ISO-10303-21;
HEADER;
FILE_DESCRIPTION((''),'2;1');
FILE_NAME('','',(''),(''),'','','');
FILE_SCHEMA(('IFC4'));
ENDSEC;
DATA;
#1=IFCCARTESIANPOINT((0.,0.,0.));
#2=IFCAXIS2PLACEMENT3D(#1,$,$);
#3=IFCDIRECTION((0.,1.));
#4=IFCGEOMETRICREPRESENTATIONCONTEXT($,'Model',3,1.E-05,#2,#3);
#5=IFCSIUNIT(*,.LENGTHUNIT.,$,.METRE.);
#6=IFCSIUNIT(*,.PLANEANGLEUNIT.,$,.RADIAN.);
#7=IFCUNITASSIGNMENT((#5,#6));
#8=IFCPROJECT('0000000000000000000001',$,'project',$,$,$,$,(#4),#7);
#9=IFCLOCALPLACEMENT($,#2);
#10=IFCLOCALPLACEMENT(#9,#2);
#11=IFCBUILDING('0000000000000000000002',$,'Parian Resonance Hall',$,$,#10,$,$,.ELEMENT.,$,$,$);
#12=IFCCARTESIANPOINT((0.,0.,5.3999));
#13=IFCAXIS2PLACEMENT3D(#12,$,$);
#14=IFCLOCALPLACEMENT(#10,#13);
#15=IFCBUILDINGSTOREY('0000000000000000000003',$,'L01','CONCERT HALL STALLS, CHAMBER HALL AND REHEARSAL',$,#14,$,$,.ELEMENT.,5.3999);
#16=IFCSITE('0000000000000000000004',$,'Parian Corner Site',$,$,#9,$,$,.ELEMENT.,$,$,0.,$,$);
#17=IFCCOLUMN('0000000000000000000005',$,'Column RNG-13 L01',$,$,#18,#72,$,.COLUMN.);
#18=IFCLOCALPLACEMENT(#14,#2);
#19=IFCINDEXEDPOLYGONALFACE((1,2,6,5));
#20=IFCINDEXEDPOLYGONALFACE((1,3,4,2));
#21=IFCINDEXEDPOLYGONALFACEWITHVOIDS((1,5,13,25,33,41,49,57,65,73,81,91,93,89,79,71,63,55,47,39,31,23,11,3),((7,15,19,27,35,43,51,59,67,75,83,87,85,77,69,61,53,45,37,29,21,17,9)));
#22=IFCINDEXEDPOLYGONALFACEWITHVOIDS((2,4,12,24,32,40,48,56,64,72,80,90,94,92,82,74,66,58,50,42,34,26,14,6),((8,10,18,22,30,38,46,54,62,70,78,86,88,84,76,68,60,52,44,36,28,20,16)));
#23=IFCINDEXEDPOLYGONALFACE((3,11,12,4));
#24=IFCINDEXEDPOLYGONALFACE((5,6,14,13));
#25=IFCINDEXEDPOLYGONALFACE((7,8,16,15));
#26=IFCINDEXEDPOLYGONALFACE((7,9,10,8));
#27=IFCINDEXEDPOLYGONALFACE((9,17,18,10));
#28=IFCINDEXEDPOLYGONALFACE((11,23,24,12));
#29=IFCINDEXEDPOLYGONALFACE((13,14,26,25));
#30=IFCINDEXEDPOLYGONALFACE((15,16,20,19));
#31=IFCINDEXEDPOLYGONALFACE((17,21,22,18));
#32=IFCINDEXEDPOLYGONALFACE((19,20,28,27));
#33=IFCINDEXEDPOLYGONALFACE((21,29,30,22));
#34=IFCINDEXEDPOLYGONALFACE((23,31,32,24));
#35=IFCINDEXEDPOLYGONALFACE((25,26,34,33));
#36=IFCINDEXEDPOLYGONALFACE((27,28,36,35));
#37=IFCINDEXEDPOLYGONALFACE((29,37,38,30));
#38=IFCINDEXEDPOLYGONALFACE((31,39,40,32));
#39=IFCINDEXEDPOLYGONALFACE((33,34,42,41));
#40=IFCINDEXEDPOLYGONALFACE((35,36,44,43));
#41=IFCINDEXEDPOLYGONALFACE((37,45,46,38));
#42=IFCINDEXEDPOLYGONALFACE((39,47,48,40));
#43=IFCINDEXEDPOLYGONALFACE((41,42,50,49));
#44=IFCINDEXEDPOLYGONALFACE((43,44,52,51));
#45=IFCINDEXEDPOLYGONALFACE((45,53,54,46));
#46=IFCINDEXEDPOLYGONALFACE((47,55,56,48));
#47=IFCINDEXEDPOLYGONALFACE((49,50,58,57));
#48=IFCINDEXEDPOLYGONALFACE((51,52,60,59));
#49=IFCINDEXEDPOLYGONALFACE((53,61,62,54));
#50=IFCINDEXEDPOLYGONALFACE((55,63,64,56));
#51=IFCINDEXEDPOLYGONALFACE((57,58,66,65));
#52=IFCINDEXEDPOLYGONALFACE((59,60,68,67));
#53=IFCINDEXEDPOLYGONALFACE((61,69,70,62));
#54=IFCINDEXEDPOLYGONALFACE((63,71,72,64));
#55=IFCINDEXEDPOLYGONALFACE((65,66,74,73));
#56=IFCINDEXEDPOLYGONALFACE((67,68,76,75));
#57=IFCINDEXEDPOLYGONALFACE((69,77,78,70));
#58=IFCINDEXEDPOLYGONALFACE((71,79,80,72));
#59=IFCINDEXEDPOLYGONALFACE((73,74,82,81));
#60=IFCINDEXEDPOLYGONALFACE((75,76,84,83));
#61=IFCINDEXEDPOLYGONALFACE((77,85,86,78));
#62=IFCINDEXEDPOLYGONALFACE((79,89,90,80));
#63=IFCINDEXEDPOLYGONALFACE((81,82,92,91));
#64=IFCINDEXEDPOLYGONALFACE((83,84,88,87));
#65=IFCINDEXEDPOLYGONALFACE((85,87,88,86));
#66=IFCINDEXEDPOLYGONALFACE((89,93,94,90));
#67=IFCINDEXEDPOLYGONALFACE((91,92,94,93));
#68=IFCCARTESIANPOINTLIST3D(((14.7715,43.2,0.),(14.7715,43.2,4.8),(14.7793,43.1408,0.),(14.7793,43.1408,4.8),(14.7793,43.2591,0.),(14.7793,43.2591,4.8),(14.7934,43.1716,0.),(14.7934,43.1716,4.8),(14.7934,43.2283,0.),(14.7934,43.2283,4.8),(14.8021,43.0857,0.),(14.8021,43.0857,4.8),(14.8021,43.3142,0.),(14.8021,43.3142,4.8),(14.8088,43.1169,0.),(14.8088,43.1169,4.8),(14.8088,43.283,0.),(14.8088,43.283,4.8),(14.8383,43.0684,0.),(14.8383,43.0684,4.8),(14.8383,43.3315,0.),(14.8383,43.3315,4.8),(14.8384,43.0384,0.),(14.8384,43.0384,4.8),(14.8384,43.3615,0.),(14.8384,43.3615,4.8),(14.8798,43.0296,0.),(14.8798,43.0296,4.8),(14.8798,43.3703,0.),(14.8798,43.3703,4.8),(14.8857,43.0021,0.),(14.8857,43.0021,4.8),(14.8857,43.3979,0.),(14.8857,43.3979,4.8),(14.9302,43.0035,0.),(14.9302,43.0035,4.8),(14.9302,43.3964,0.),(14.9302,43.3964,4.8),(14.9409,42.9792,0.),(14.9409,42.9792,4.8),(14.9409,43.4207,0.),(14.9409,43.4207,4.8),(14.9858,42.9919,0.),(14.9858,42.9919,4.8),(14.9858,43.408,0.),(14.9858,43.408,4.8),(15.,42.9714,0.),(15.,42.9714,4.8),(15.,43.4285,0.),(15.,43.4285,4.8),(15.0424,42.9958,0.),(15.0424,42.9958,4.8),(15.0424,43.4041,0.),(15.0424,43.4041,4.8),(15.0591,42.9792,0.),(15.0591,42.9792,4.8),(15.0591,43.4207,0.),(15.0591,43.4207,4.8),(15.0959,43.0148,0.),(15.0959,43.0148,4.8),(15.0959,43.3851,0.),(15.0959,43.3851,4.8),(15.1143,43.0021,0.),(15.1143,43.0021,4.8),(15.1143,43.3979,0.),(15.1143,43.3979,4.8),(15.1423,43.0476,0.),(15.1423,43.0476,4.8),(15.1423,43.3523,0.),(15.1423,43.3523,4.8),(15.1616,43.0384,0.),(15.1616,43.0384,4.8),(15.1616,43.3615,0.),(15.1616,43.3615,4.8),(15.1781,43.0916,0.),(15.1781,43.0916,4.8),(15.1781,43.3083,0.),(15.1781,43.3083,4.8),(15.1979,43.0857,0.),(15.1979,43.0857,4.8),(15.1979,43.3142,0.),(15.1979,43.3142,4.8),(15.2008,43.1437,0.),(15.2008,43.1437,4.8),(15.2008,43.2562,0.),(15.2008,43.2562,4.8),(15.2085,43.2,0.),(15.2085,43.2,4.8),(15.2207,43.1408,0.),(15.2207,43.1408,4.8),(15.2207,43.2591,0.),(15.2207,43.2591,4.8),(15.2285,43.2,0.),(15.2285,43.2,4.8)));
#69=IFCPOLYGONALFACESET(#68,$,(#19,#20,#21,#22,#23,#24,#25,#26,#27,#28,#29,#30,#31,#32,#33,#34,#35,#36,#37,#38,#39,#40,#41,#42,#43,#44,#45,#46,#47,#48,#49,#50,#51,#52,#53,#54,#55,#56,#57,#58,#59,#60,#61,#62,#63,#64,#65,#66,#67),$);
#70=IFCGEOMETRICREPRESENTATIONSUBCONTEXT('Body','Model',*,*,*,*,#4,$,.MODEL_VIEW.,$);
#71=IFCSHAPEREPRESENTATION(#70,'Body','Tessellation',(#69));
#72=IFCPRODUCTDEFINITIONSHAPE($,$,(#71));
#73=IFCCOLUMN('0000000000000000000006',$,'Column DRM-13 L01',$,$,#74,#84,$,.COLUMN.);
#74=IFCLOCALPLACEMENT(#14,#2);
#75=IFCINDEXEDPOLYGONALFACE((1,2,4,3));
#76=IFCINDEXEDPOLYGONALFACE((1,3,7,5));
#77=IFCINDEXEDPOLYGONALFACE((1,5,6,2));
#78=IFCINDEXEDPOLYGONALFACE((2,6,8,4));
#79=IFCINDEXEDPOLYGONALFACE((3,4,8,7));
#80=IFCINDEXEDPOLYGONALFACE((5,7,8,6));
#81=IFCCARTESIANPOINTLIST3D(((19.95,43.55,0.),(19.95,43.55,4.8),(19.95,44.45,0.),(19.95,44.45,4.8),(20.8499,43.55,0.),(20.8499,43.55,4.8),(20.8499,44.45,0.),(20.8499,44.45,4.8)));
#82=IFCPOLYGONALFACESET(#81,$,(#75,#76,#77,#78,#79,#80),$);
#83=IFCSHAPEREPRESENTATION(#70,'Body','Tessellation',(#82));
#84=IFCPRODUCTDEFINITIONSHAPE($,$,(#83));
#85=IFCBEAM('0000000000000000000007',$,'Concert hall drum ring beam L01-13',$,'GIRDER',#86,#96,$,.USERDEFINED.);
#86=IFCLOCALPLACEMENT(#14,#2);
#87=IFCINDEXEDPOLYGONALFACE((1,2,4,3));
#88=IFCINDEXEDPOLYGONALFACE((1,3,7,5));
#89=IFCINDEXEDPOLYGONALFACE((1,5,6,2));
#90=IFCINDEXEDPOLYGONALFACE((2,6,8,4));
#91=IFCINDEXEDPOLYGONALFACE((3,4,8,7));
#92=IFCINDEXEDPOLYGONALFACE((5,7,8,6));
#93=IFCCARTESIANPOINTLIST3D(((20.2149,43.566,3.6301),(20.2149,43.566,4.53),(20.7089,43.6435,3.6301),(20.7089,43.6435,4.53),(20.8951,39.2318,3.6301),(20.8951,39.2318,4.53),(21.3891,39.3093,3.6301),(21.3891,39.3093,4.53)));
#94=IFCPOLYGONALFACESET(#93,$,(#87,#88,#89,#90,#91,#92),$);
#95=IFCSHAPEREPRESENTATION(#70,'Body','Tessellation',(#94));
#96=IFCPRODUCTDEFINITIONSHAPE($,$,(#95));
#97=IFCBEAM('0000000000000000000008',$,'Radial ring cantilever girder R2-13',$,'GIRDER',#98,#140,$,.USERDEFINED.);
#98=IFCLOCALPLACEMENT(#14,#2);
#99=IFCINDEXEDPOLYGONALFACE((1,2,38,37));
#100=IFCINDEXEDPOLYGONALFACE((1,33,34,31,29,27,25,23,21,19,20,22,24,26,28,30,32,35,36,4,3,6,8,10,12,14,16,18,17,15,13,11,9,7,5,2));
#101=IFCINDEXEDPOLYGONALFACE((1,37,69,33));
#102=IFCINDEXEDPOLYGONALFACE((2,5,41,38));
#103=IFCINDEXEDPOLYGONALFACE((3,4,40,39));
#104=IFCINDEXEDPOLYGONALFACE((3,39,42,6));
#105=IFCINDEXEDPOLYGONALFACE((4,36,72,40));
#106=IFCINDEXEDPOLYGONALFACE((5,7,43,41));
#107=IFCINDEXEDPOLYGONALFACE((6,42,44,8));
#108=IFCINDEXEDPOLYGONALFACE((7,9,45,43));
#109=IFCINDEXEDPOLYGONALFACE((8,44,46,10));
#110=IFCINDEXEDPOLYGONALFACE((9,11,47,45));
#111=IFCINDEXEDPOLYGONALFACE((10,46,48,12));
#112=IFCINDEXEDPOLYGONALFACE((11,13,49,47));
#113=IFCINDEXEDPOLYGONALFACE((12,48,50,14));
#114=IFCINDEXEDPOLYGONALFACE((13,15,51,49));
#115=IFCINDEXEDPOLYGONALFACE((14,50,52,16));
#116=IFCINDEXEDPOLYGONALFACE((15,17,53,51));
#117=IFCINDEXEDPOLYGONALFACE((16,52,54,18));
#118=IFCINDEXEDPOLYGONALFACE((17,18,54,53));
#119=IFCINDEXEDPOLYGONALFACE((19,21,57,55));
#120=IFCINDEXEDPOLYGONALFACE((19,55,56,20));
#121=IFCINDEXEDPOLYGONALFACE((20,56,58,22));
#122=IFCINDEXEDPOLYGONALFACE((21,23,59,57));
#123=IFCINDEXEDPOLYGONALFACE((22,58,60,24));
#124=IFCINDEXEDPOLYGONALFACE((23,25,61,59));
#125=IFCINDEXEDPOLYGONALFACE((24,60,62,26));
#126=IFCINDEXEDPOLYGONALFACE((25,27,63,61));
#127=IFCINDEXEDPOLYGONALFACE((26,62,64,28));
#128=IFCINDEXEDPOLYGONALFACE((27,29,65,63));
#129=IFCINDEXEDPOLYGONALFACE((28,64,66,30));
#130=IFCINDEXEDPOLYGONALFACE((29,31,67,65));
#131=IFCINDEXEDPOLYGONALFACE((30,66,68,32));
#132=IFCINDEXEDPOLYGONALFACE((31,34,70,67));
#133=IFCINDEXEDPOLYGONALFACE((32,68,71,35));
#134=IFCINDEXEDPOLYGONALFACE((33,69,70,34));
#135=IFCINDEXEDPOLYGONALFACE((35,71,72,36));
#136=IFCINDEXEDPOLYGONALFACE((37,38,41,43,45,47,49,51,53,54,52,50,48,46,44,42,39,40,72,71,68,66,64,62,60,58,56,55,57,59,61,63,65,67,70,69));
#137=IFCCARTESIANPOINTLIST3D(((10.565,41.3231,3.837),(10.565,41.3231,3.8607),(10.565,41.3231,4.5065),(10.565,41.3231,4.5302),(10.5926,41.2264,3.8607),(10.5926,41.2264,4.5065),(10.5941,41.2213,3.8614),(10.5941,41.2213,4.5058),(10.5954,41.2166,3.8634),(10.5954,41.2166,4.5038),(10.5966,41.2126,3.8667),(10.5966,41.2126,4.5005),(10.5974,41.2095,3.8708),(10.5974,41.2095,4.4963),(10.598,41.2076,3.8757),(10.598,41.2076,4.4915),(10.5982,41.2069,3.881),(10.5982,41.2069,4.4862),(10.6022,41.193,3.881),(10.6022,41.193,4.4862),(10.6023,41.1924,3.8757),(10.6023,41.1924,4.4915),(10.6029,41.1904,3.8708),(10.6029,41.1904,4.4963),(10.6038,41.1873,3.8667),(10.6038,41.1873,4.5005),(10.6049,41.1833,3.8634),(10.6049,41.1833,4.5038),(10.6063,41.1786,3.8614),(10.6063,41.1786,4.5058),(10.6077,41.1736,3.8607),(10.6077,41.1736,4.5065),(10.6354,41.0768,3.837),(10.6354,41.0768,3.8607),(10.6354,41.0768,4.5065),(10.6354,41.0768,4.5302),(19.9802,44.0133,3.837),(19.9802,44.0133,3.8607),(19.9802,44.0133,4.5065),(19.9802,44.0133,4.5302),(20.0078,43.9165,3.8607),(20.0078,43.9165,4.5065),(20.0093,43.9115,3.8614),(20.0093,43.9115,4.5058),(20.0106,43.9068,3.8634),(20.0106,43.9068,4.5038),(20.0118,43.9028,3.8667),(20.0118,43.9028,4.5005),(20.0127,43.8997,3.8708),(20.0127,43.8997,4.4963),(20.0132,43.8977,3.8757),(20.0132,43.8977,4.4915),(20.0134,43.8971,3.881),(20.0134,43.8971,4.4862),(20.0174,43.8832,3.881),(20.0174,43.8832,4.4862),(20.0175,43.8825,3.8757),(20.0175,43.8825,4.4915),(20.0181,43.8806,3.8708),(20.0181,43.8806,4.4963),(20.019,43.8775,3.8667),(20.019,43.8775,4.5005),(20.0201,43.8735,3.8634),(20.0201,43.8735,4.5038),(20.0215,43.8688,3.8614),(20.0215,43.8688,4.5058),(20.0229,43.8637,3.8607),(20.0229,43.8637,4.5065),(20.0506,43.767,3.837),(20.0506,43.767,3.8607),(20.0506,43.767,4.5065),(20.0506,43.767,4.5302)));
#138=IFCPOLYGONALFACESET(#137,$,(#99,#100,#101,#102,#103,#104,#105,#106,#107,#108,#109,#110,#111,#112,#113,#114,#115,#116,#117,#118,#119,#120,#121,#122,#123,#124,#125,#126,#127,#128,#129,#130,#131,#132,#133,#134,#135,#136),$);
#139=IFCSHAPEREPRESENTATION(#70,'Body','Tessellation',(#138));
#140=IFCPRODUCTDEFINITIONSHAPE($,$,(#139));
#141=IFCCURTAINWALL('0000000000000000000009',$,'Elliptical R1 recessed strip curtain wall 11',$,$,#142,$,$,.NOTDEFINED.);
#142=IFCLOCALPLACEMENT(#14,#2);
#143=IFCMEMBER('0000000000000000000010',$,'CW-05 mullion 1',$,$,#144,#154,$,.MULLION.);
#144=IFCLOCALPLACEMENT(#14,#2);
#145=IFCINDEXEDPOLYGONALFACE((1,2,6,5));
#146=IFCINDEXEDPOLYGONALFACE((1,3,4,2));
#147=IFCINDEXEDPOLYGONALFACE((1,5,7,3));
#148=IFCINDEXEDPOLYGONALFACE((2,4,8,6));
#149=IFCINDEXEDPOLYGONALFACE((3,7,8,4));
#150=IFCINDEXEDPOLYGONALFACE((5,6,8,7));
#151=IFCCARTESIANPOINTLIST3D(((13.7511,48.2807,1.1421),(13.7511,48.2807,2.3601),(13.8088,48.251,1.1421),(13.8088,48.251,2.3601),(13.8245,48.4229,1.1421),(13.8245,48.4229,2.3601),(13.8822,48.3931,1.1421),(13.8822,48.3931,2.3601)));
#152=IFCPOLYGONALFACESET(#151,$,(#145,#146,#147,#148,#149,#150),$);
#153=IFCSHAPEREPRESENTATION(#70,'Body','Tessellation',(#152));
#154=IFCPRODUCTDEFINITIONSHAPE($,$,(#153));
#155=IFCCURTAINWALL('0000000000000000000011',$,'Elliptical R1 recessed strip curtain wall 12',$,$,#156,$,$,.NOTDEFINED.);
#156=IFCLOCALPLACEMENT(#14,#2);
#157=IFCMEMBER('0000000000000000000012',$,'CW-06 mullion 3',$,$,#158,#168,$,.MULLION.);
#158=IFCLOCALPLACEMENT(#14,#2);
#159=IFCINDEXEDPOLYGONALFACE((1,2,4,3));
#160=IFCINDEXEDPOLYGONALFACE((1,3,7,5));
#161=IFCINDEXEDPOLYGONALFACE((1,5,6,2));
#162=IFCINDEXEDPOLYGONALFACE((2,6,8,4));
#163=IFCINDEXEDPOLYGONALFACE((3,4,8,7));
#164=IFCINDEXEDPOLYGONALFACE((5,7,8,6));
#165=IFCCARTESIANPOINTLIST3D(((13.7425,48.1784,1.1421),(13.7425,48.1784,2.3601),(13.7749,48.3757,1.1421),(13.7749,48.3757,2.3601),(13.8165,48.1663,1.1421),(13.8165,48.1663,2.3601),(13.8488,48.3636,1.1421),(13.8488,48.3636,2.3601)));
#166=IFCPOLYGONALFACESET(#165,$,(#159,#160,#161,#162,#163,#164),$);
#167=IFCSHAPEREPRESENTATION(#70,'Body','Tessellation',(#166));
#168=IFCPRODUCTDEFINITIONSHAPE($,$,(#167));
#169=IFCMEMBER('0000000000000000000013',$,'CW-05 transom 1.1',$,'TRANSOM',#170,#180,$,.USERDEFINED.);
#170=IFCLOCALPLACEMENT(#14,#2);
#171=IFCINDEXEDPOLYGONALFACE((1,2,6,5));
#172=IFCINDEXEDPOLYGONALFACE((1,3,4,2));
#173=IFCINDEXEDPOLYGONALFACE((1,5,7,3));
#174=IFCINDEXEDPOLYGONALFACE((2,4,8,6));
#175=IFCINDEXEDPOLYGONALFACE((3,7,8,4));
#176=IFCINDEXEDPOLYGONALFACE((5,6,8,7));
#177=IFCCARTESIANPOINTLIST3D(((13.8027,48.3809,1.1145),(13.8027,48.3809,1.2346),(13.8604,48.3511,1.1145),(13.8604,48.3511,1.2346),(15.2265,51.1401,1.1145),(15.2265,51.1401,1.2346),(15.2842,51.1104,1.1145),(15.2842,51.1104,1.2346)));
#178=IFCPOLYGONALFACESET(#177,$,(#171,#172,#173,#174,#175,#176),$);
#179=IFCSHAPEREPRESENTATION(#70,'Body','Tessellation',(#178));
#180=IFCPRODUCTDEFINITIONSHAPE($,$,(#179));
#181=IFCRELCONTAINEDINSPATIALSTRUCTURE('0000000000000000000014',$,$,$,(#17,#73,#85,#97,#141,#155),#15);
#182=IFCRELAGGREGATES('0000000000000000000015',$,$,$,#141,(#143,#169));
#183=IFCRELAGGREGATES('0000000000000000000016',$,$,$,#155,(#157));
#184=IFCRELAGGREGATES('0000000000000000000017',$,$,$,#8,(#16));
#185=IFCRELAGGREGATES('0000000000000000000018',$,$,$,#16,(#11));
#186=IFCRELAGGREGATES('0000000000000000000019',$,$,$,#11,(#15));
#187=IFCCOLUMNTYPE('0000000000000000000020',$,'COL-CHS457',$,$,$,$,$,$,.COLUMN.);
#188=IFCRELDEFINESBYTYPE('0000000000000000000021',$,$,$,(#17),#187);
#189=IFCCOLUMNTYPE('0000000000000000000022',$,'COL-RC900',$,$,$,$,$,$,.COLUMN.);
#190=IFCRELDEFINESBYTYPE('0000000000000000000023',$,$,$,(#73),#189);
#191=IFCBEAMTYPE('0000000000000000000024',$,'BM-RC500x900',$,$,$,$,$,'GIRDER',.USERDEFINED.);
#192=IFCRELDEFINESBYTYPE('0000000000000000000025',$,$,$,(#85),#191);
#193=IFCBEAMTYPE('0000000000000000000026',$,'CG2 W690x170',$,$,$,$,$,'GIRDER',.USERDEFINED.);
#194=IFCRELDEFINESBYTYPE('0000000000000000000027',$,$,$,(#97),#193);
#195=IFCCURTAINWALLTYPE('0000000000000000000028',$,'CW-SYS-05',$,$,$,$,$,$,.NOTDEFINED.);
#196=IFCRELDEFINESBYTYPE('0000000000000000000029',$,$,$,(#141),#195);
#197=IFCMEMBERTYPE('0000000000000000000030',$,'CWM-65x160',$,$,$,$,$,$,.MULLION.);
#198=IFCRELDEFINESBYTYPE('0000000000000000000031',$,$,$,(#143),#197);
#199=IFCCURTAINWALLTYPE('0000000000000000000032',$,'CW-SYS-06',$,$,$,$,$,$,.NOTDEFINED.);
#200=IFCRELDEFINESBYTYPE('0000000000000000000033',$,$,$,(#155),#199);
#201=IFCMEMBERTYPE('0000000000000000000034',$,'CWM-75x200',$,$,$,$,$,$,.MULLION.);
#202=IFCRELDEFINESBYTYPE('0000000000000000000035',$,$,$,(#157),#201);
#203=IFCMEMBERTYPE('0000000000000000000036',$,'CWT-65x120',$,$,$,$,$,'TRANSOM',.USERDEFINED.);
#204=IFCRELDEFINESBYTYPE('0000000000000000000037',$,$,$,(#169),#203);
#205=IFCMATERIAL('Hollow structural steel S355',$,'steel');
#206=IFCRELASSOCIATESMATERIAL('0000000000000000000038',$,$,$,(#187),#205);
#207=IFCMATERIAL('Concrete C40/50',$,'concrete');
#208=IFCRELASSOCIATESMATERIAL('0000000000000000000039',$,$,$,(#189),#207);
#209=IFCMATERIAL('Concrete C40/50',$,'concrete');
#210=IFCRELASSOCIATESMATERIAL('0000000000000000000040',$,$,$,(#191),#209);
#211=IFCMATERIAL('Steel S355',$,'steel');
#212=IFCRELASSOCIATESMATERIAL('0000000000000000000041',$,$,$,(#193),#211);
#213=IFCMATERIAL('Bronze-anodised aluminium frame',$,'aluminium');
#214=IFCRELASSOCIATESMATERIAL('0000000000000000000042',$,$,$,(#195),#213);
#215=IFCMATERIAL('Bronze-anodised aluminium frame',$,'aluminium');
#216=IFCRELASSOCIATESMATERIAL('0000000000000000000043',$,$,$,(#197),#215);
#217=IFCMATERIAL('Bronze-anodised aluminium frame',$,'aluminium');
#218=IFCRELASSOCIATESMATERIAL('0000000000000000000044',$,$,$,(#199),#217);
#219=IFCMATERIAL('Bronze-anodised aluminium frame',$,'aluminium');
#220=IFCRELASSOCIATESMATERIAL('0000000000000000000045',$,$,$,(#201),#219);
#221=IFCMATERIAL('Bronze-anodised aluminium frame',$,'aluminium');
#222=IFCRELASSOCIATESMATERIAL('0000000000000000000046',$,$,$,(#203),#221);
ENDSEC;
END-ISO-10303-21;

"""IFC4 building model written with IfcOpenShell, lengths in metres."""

from ifc_helpers import new_model, si_unit, direction, frame, origin, origin_2d, place, context, subcontext, project, spatial, rectangle, hollow_circle, i_section, extrude, material, material_profile, profile_set, type_object, element, aggregate, save


model = new_model("IFC4")

# Units and contexts
model_context = context("Model", 3, precision=1e-05, world=origin(), true_north=direction((0.0, 1.0)))
body_context = subcontext(model_context, "Body", "Model", "MODEL_VIEW")
ifc_project = project(units=[si_unit("LENGTHUNIT", "METRE"), si_unit("PLANEANGLEUNIT", "RADIAN")], contexts=[model_context])

# Site, building, storey
site_placement = place(None, origin())
site = spatial("IfcSite", under=ifc_project, at=site_placement, Name="Parian Corner Site", CompositionType="ELEMENT", RefElevation=0.0)
building_placement = place(site_placement, origin())
building = spatial("IfcBuilding", under=site, at=building_placement, Name="Parian Resonance Hall", CompositionType="ELEMENT")
storey_placement = place(building_placement, frame((0.0, 0.0, 5.3999)))
storey = spatial("IfcBuildingStorey", under=building, at=storey_placement, Name="L01", Description="CONCERT HALL STALLS, CHAMBER HALL AND REHEARSAL", CompositionType="ELEMENT", Elevation=5.3999)

# Columns
ifc_material_1 = material(Name="Hollow structural steel S355", Category="steel")
ifc_material_profile_1 = material_profile(ifc_material_1, hollow_circle(Radius=0.2285, WallThickness=0.02, at=origin_2d()), Name="CHS457x20")
ifc_profile_set_1 = profile_set([ifc_material_profile_1], Name="Hollow structural steel S355")
column_type_1 = type_object("IfcColumnType", Name="COL-CHS457", PredefinedType="COLUMN", material=ifc_profile_set_1)
column_1_placement = place(storey_placement, frame((15.0, 43.2, 0.0), z_axis=(0.0, 0.0, 1.0), x_axis=(1.0, 0.0, 0.0)))
element("IfcColumn", 1, at=column_1_placement, inside=storey, type_object=column_type_1, Name="Column RNG-13 L01", PredefinedType="COLUMN", context=body_context, shape_type="SweptSolid", body=[
    extrude(hollow_circle(Radius=0.2285, WallThickness=0.02, at=origin_2d()), origin(), (0.0, 0.0, 1.0), 4.8),
])
ifc_material_2 = material(Name="Concrete C40/50", Category="concrete")
ifc_material_profile_2 = material_profile(ifc_material_2, rectangle(XDim=0.8999, YDim=0.8999, at=origin_2d()), Name="RC-COL-900x900")
ifc_profile_set_2 = profile_set([ifc_material_profile_2], Name="Concrete C40/50")
column_type_2 = type_object("IfcColumnType", Name="COL-RC900", PredefinedType="COLUMN", material=ifc_profile_set_2)
column_2_placement = place(storey_placement, frame((20.3999, 44.0, 0.0), z_axis=(0.0, 0.0, 1.0), x_axis=(1.0, 0.0, 0.0)))
element("IfcColumn", 2, at=column_2_placement, inside=storey, type_object=column_type_2, Name="Column DRM-13 L01", PredefinedType="COLUMN", context=body_context, shape_type="SweptSolid", body=[
    extrude(rectangle(XDim=0.8999, YDim=0.8999, at=origin_2d()), origin(), (0.0, 0.0, 1.0), 4.8),
])

# Beams
ifc_material_3 = material(Name="Concrete C40/50", Category="concrete")
ifc_material_profile_3 = material_profile(ifc_material_3, rectangle(XDim=0.5, YDim=0.8999, at=origin_2d()), Name="RC-BM-500x900")
ifc_profile_set_3 = profile_set([ifc_material_profile_3], Name="Concrete C40/50")
beam_type_1 = type_object("IfcBeamType", Name="BM-RC500x900", ElementType="GIRDER", PredefinedType="USERDEFINED", material=ifc_profile_set_3)
beam_1_placement = place(storey_placement, frame((20.4619, 43.6047, 4.0801), z_axis=(0.155034, -0.987909, 0.0), x_axis=(0.987909, 0.155034, 0.0)))
element("IfcBeam", 3, at=beam_1_placement, inside=storey, type_object=beam_type_1, Name="Concert hall drum ring beam L01-13", ObjectType="GIRDER", PredefinedType="USERDEFINED", context=body_context, shape_type="SweptSolid", body=[
    extrude(rectangle(XDim=0.5, YDim=0.8999, at=origin_2d()), origin(), (0.0, 0.0, 1.0), 4.3872),
])
ifc_material_4 = material(Name="Steel S355", Category="steel")
ifc_material_profile_4 = material_profile(ifc_material_4, i_section(OverallWidth=0.2561, OverallDepth=0.6931, WebThickness=0.0144, FlangeThickness=0.0237, FilletRadius=0.0203, at=origin_2d()), Name="W690x170")
ifc_profile_set_4 = profile_set([ifc_material_profile_4], Name="Steel S355")
beam_type_2 = type_object("IfcBeamType", Name="CG2 W690x170", ElementType="GIRDER", PredefinedType="USERDEFINED", material=ifc_profile_set_4)
beam_2_placement = place(storey_placement, frame((20.0154, 43.8901, 4.1836), z_axis=(-0.961521, -0.274731, 0.0), x_axis=(0.274731, -0.961521, 0.0)))
element("IfcBeam", 4, at=beam_2_placement, inside=storey, type_object=beam_type_2, Name="Radial ring cantilever girder R2-13", ObjectType="GIRDER", PredefinedType="USERDEFINED", context=body_context, shape_type="SweptSolid", body=[
    extrude(i_section(OverallWidth=0.2561, OverallDepth=0.6931, WebThickness=0.0144, FlangeThickness=0.0237, FilletRadius=0.0203, at=origin_2d()), origin(), (0.0, 0.0, 1.0), 9.792),
])

# Curtain walls, members
ifc_material_5 = material(Name="Bronze-anodised aluminium frame", Category="aluminium")
curtain_wall_type_1 = type_object("IfcCurtainWallType", Name="CW-SYS-05", PredefinedType="NOTDEFINED", material=ifc_material_5)
curtain_wall_1_placement = place(storey_placement, origin())
curtain_wall_1 = element("IfcCurtainWall", 5, at=curtain_wall_1_placement, inside=storey, type_object=curtain_wall_type_1, Name="Elliptical R1 recessed strip curtain wall 11", PredefinedType="NOTDEFINED")
ifc_material_6 = material(Name="Bronze-anodised aluminium frame", Category="aluminium")
ifc_material_profile_5 = material_profile(ifc_material_6, rectangle(XDim=0.0649, YDim=0.1599, at=origin_2d()), Name="CWM-65x160")
ifc_profile_set_5 = profile_set([ifc_material_profile_5], Name="Bronze-anodised aluminium frame")
member_type_1 = type_object("IfcMemberType", Name="CWM-65x160", PredefinedType="MULLION", material=ifc_profile_set_5)
member_1_placement = place(storey_placement, frame((13.8167, 48.3369, 1.1421), z_axis=(0.0, 0.0, 1.0), x_axis=(-0.888662, 0.458562, 0.0)))
member_1 = element("IfcMember", 6, at=member_1_placement, type_object=member_type_1, Name="CW-05 mullion 1", PredefinedType="MULLION", context=body_context, shape_type="SweptSolid", body=[
    extrude(rectangle(XDim=0.0649, YDim=0.1599, at=origin_2d()), origin(), (0.0, 0.0, 1.0), 1.218),
])
ifc_material_7 = material(Name="Bronze-anodised aluminium frame", Category="aluminium")
curtain_wall_type_2 = type_object("IfcCurtainWallType", Name="CW-SYS-06", PredefinedType="NOTDEFINED", material=ifc_material_7)
curtain_wall_2_placement = place(storey_placement, origin())
curtain_wall_2 = element("IfcCurtainWall", 7, at=curtain_wall_2_placement, inside=storey, type_object=curtain_wall_type_2, Name="Elliptical R1 recessed strip curtain wall 12", PredefinedType="NOTDEFINED")
ifc_material_8 = material(Name="Bronze-anodised aluminium frame", Category="aluminium")
ifc_material_profile_6 = material_profile(ifc_material_8, rectangle(XDim=0.075, YDim=0.2, at=origin_2d()), Name="CWM-75x200")
ifc_profile_set_6 = profile_set([ifc_material_profile_6], Name="Bronze-anodised aluminium frame")
member_type_2 = type_object("IfcMemberType", Name="CWM-75x200", PredefinedType="MULLION", material=ifc_profile_set_6)
member_2_placement = place(storey_placement, frame((13.7957, 48.271, 1.1421), z_axis=(0.0, 0.0, 1.0), x_axis=(-0.986815, 0.161849, 0.0)))
member_2 = element("IfcMember", 8, at=member_2_placement, type_object=member_type_2, Name="CW-06 mullion 3", PredefinedType="MULLION", context=body_context, shape_type="SweptSolid", body=[
    extrude(rectangle(XDim=0.075, YDim=0.2, at=origin_2d()), origin(), (0.0, 0.0, 1.0), 1.218),
])

# Member
ifc_material_9 = material(Name="Bronze-anodised aluminium frame", Category="aluminium")
ifc_material_profile_7 = material_profile(ifc_material_9, rectangle(XDim=0.0649, YDim=0.1201, at=origin_2d()), Name="CWT-65x120")
ifc_profile_set_7 = profile_set([ifc_material_profile_7], Name="Bronze-anodised aluminium frame")
member_type_3 = type_object("IfcMemberType", Name="CWT-65x120", ElementType="TRANSOM", PredefinedType="USERDEFINED", material=ifc_profile_set_7)
member_3_placement = place(storey_placement, frame((13.8315, 48.366, 1.1746), z_axis=(0.458563, 0.888662, 0.0), x_axis=(-0.888662, 0.458563, 0.0)))
member_3 = element("IfcMember", 9, at=member_3_placement, type_object=member_type_3, Name="CW-05 transom 1.1", ObjectType="TRANSOM", PredefinedType="USERDEFINED", context=body_context, shape_type="SweptSolid", body=[
    extrude(rectangle(XDim=0.0649, YDim=0.1201, at=origin_2d()), origin(), (0.0, 0.0, 1.0), 3.105),
])
aggregate(curtain_wall_1, [member_1, member_3])

aggregate(curtain_wall_2, [member_2])

save(model, "model.ifc")
